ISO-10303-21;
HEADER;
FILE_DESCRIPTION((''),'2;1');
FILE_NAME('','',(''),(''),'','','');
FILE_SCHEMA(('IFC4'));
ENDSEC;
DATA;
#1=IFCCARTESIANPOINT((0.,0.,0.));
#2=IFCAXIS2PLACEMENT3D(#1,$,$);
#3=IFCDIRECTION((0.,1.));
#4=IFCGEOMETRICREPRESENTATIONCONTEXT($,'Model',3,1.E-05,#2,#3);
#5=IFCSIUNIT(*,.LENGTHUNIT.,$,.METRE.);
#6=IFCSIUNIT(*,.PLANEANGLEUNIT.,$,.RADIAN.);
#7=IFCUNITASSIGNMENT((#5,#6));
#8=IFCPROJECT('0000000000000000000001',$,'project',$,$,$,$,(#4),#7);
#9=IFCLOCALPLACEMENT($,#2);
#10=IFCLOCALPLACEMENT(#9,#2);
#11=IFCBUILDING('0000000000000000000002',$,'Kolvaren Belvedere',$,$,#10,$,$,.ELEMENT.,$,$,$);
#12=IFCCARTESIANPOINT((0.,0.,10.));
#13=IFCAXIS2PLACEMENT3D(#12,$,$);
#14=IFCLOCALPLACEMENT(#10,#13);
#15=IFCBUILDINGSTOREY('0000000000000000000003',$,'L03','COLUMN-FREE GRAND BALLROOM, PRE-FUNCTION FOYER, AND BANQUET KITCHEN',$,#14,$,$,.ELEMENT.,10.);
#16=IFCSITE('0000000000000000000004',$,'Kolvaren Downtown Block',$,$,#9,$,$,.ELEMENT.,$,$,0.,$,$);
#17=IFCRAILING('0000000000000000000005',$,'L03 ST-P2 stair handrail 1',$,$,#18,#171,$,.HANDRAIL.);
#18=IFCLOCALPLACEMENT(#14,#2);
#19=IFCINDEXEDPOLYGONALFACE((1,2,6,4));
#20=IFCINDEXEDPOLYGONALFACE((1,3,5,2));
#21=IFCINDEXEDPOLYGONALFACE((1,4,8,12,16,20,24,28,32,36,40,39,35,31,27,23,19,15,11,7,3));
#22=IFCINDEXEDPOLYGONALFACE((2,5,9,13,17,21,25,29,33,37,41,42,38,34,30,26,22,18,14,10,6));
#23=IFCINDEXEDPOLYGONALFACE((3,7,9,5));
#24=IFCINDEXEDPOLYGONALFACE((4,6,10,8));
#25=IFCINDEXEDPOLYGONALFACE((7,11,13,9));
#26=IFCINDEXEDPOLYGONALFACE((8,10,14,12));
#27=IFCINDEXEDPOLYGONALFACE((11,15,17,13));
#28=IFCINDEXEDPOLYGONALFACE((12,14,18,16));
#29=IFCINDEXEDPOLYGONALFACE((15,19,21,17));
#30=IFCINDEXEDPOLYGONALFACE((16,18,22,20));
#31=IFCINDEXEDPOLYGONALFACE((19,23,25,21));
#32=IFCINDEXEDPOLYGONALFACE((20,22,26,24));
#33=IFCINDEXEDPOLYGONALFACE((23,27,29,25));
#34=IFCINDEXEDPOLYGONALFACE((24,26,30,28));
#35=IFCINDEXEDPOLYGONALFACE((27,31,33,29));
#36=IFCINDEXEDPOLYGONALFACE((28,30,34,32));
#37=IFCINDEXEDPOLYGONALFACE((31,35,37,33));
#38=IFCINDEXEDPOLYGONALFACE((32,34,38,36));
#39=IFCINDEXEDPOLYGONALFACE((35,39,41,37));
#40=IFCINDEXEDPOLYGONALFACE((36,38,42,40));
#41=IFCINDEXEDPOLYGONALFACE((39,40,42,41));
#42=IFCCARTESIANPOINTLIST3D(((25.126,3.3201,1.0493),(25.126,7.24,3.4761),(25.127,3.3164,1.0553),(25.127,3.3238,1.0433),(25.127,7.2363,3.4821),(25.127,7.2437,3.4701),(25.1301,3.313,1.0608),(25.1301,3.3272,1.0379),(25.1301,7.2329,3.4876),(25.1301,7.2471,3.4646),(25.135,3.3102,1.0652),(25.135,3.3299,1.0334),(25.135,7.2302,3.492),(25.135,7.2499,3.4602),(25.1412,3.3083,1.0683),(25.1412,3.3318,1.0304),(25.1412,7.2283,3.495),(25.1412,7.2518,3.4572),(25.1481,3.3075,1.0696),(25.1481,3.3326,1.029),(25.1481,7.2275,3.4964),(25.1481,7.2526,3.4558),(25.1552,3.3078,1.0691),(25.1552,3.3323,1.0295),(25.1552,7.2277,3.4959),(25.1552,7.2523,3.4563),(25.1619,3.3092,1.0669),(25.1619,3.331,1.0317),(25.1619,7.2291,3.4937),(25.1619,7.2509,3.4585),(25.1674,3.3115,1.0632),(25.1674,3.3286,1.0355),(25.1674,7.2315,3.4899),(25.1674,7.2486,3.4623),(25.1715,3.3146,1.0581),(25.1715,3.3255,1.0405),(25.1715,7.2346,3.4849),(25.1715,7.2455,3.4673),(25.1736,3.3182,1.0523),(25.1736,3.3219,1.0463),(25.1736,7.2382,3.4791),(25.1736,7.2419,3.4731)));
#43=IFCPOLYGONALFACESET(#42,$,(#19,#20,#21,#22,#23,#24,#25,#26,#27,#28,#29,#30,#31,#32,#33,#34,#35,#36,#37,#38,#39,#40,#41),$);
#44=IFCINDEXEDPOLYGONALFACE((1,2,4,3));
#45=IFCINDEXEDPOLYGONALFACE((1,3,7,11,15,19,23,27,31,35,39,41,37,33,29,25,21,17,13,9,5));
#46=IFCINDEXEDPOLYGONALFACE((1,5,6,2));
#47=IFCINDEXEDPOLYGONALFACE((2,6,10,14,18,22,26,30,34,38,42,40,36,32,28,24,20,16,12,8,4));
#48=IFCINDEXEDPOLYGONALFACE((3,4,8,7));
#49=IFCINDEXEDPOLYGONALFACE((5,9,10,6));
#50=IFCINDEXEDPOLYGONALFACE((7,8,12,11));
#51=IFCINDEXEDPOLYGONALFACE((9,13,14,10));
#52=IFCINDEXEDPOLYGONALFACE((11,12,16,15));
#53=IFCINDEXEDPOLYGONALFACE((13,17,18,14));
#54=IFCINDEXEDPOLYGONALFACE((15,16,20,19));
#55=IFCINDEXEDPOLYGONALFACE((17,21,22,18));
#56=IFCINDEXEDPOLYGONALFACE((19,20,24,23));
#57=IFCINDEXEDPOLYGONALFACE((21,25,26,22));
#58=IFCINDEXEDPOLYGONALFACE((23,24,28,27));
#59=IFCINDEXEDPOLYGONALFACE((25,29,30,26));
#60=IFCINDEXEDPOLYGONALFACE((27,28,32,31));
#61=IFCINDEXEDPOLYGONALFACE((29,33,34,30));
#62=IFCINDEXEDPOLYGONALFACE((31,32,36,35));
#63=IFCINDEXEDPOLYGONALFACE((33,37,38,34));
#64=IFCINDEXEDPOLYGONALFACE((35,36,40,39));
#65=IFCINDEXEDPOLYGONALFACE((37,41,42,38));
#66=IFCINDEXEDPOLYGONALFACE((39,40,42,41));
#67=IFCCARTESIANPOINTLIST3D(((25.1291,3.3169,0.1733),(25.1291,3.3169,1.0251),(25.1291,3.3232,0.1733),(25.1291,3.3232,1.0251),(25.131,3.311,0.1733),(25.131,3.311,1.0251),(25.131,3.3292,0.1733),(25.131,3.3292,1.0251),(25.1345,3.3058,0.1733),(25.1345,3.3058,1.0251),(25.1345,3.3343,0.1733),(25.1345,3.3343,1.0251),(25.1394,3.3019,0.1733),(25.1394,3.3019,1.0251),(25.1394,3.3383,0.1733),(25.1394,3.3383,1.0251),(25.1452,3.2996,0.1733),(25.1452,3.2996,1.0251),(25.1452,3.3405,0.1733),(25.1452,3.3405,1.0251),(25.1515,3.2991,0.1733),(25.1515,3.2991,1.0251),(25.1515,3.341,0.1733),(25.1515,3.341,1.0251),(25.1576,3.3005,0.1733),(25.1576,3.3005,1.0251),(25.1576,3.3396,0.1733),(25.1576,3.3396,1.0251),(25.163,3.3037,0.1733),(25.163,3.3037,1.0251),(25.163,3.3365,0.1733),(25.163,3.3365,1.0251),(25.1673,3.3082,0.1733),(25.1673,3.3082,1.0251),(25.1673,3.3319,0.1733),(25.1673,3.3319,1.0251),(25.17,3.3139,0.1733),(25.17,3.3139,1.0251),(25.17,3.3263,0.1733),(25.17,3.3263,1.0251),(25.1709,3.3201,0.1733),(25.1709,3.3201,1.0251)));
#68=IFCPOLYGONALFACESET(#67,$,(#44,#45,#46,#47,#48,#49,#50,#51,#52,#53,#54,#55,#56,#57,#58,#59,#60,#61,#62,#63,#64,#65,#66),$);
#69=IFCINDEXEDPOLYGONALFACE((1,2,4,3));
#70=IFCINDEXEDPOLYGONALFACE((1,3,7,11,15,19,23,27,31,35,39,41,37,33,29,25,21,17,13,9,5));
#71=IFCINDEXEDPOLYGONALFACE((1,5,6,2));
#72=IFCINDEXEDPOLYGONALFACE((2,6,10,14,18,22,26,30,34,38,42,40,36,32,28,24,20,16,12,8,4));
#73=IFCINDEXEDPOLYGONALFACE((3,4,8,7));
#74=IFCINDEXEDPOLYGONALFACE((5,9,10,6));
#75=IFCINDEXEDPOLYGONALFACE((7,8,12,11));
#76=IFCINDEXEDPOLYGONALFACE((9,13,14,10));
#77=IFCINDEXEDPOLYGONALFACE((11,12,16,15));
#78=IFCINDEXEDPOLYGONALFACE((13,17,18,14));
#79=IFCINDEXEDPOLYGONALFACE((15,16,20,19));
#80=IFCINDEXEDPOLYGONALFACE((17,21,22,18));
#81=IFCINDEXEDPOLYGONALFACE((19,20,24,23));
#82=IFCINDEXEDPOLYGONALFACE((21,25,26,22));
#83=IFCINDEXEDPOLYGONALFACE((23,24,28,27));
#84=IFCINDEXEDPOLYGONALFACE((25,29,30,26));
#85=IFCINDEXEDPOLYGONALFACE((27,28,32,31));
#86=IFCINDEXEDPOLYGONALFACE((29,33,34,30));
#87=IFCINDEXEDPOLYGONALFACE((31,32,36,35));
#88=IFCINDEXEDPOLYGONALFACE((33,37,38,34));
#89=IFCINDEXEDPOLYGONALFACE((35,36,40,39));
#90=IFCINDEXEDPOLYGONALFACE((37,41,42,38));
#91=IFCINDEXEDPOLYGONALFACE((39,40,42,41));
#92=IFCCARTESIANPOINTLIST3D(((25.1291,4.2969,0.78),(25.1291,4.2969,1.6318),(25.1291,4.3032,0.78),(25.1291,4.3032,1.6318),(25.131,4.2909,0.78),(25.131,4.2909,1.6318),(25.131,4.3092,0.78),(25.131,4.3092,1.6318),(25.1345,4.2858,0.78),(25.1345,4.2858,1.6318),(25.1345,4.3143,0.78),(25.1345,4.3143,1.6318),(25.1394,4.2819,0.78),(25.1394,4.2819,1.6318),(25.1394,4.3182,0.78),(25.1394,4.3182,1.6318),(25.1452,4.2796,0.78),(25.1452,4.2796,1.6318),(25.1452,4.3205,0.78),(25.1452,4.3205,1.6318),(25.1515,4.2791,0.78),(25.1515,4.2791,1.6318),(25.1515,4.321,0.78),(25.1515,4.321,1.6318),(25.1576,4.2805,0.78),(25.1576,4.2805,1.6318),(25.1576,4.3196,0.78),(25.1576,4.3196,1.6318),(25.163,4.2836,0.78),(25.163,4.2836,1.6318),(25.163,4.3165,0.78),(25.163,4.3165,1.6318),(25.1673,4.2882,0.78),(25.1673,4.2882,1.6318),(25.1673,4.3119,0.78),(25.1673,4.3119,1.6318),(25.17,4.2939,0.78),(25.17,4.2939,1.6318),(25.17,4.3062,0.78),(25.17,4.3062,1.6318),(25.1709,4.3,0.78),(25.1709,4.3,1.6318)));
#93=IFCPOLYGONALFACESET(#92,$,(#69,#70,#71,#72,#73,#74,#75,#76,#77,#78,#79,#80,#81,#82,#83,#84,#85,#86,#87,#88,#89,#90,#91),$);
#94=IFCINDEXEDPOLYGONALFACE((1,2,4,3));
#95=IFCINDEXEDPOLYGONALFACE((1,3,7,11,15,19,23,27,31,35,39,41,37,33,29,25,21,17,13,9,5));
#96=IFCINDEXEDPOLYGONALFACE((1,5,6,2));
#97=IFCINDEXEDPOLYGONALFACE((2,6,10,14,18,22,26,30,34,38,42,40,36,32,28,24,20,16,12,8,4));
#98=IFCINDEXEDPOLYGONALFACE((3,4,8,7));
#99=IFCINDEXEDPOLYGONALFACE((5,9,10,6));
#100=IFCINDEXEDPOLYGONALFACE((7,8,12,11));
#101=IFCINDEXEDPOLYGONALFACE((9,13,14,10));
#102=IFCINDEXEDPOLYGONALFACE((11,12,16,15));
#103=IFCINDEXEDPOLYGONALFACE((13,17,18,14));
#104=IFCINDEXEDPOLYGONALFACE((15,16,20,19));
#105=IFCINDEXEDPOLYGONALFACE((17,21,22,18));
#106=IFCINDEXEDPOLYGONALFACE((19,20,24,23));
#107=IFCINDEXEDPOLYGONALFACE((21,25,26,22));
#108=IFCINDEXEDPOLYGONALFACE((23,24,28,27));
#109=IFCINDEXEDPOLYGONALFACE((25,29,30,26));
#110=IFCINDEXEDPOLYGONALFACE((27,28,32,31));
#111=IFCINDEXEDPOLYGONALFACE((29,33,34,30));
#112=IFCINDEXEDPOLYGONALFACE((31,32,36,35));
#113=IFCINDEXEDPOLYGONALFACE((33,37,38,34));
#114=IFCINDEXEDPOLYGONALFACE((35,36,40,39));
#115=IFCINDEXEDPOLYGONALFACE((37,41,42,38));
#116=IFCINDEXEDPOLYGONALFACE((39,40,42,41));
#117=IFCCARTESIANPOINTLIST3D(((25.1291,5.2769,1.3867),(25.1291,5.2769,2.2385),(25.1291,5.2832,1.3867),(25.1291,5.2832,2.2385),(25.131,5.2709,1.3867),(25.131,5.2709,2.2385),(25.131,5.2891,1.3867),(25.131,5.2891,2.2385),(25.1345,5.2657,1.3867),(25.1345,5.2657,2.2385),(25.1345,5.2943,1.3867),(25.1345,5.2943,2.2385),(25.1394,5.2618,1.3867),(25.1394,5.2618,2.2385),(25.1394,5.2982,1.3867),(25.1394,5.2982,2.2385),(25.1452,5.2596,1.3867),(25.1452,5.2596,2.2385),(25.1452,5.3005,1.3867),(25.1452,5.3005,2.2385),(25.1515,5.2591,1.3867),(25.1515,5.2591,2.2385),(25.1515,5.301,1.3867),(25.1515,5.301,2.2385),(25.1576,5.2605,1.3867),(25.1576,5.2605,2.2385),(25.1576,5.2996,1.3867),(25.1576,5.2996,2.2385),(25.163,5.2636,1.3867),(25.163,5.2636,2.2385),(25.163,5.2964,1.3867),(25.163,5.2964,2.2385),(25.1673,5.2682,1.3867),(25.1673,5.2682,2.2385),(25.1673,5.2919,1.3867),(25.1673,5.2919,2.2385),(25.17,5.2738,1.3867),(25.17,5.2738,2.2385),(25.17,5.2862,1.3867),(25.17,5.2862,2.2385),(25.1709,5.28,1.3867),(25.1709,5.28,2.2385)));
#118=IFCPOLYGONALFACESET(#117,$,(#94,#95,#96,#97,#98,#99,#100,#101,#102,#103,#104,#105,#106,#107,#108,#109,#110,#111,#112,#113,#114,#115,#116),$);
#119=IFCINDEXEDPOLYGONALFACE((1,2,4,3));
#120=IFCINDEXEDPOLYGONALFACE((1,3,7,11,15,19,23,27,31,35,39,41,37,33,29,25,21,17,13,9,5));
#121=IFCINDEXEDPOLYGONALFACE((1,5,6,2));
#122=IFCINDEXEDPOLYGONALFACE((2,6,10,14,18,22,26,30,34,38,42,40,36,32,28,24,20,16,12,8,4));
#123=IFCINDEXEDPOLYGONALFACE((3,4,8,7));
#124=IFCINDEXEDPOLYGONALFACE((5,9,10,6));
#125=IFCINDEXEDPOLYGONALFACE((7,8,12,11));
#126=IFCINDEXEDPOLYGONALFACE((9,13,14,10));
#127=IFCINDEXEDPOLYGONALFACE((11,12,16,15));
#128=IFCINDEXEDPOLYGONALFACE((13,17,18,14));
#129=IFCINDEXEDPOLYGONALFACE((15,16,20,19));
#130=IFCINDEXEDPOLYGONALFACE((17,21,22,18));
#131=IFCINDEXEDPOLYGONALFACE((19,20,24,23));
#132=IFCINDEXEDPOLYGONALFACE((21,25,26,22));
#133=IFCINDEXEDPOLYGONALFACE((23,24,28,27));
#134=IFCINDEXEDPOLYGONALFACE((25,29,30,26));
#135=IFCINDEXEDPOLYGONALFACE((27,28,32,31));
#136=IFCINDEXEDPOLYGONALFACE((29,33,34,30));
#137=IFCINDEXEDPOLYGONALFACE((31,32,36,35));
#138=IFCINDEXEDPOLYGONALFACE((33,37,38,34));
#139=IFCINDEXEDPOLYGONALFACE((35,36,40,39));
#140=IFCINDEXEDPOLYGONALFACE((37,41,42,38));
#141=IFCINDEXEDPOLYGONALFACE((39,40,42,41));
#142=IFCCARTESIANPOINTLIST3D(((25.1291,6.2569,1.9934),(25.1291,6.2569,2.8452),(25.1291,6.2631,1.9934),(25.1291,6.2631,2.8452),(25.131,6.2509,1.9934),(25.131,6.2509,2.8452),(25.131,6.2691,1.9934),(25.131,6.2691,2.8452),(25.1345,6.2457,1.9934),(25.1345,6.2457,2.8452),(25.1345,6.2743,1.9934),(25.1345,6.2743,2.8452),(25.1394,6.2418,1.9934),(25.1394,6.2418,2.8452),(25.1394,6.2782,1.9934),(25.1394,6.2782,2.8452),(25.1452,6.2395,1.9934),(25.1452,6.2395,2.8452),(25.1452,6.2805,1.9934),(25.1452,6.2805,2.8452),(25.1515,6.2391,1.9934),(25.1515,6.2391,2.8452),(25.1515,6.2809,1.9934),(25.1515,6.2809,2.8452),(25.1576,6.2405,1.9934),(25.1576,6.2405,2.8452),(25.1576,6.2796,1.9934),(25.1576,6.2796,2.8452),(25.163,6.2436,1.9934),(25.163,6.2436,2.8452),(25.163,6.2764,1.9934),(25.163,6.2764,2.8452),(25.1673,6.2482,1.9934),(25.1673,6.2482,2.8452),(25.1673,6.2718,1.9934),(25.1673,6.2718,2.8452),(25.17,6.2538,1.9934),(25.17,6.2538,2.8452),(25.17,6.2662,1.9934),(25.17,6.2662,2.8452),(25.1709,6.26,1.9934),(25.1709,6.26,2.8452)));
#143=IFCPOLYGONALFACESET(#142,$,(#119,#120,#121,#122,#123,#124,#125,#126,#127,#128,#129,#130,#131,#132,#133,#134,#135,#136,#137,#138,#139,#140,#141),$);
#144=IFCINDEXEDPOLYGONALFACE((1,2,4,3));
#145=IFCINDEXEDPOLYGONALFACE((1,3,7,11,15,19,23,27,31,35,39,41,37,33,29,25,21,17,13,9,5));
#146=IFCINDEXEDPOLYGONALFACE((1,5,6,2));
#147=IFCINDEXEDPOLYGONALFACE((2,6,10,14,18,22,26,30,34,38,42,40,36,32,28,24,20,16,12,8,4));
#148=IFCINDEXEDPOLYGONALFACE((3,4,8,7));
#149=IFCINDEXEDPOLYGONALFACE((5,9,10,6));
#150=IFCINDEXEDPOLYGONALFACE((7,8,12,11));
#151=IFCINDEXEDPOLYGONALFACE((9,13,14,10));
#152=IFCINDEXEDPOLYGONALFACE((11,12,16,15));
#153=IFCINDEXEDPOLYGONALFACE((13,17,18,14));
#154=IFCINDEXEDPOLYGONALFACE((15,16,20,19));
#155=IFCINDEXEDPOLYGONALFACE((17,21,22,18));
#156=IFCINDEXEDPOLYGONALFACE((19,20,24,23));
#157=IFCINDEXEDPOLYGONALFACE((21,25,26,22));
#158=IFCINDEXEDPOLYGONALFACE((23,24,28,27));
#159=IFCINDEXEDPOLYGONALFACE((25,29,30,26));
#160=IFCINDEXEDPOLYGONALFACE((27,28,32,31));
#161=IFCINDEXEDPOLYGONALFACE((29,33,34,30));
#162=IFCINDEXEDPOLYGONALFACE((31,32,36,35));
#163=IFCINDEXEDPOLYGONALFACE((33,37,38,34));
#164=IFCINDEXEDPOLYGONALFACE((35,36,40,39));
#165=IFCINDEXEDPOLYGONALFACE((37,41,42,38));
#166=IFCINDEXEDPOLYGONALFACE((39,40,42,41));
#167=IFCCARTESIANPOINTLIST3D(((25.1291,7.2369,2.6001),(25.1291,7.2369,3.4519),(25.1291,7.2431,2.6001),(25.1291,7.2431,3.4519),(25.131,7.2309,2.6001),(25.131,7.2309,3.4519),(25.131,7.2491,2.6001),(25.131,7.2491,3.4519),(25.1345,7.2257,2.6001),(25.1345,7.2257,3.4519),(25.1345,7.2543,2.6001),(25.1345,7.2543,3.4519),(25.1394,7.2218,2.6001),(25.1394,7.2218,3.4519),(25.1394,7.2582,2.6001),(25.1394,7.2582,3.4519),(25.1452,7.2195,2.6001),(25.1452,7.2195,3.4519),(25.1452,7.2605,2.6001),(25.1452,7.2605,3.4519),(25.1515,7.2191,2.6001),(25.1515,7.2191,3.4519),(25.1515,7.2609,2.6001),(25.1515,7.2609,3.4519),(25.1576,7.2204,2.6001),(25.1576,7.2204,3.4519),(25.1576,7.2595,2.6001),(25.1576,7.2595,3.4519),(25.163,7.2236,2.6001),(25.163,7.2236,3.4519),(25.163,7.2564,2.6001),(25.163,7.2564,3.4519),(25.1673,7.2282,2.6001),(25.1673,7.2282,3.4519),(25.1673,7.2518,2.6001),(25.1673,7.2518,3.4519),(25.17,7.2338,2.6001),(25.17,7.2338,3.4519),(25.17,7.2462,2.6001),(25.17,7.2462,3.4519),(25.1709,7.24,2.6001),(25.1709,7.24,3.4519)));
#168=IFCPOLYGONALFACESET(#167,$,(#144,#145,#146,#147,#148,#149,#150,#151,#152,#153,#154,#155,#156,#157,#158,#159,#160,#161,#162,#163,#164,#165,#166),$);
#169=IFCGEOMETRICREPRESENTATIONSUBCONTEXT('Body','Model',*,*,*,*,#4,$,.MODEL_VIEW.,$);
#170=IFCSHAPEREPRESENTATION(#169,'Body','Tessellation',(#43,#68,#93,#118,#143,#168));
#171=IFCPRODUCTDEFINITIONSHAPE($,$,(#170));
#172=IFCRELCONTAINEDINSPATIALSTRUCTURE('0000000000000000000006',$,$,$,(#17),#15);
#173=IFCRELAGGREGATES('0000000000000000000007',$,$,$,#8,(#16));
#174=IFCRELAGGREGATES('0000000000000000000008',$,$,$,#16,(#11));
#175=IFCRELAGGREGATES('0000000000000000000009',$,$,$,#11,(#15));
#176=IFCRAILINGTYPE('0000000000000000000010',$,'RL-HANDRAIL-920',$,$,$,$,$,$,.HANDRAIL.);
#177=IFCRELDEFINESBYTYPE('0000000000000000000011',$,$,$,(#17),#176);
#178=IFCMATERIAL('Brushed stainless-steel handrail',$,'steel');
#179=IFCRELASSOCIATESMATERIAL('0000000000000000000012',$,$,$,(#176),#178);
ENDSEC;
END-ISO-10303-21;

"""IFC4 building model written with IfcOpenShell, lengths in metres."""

from ifc_helpers import new_model, si_unit, direction, frame, origin, origin_2d, place, context, subcontext, project, spatial, circle, extrude, material, type_object, element, save


model = new_model("IFC4")

# Units and contexts
model_context = context("Model", 3, precision=1e-05, world=origin(), true_north=direction((0.0, 1.0)))
body_context = subcontext(model_context, "Body", "Model", "MODEL_VIEW")
ifc_project = project(units=[si_unit("LENGTHUNIT", "METRE"), si_unit("PLANEANGLEUNIT", "RADIAN")], contexts=[model_context])

# Site, building, storey
site_placement = place(None, origin())
site = spatial("IfcSite", under=ifc_project, at=site_placement, Name="Kolvaren Downtown Block", CompositionType="ELEMENT", RefElevation=0.0)
building_placement = place(site_placement, origin())
building = spatial("IfcBuilding", under=site, at=building_placement, Name="Kolvaren Belvedere", CompositionType="ELEMENT")
storey_placement = place(building_placement, frame((0.0, 0.0, 10.0)))
storey = spatial("IfcBuildingStorey", under=building, at=storey_placement, Name="L03", Description="COLUMN-FREE GRAND BALLROOM, PRE-FUNCTION FOYER, AND BANQUET KITCHEN", CompositionType="ELEMENT", Elevation=10.0)

# Railing
ifc_material_1 = material(Name="Brushed stainless-steel handrail", Category="steel")
railing_type_1 = type_object("IfcRailingType", Name="RL-HANDRAIL-920", PredefinedType="HANDRAIL", material=ifc_material_1)
railing_1_placement = place(storey_placement, frame((25.1499, 3.3201, 0.1733)))
element("IfcRailing", 1, at=railing_1_placement, inside=storey, type_object=railing_type_1, Name="L03 ST-P2 stair handrail 1", PredefinedType="HANDRAIL", context=body_context, shape_type="SweptSolid", body=[
    extrude(circle(Radius=0.0239, at=origin_2d()), frame((0.0, 0.0, 0.876), z_axis=(0.0, 0.850252, 0.526376), x_axis=(-1.0, 0.0, 0.0)), (0.0, 0.0, 1.0), 4.6104),
    extrude(circle(Radius=0.021, at=origin_2d()), origin(), (0.0, 0.0, 1.0), 0.8518),
    extrude(circle(Radius=0.021, at=origin_2d()), frame((0.0, 0.98, 0.6067)), (0.0, 0.0, 1.0), 0.8518),
    extrude(circle(Radius=0.021, at=origin_2d()), frame((0.0, 1.96, 1.2134)), (0.0, 0.0, 1.0), 0.8518),
    extrude(circle(Radius=0.021, at=origin_2d()), frame((0.0, 2.9399, 1.8201)), (0.0, 0.0, 1.0), 0.8518),
    extrude(circle(Radius=0.021, at=origin_2d()), frame((0.0, 3.9199, 2.4268)), (0.0, 0.0, 1.0), 0.8518),
])

save(model, "model.ifc")
